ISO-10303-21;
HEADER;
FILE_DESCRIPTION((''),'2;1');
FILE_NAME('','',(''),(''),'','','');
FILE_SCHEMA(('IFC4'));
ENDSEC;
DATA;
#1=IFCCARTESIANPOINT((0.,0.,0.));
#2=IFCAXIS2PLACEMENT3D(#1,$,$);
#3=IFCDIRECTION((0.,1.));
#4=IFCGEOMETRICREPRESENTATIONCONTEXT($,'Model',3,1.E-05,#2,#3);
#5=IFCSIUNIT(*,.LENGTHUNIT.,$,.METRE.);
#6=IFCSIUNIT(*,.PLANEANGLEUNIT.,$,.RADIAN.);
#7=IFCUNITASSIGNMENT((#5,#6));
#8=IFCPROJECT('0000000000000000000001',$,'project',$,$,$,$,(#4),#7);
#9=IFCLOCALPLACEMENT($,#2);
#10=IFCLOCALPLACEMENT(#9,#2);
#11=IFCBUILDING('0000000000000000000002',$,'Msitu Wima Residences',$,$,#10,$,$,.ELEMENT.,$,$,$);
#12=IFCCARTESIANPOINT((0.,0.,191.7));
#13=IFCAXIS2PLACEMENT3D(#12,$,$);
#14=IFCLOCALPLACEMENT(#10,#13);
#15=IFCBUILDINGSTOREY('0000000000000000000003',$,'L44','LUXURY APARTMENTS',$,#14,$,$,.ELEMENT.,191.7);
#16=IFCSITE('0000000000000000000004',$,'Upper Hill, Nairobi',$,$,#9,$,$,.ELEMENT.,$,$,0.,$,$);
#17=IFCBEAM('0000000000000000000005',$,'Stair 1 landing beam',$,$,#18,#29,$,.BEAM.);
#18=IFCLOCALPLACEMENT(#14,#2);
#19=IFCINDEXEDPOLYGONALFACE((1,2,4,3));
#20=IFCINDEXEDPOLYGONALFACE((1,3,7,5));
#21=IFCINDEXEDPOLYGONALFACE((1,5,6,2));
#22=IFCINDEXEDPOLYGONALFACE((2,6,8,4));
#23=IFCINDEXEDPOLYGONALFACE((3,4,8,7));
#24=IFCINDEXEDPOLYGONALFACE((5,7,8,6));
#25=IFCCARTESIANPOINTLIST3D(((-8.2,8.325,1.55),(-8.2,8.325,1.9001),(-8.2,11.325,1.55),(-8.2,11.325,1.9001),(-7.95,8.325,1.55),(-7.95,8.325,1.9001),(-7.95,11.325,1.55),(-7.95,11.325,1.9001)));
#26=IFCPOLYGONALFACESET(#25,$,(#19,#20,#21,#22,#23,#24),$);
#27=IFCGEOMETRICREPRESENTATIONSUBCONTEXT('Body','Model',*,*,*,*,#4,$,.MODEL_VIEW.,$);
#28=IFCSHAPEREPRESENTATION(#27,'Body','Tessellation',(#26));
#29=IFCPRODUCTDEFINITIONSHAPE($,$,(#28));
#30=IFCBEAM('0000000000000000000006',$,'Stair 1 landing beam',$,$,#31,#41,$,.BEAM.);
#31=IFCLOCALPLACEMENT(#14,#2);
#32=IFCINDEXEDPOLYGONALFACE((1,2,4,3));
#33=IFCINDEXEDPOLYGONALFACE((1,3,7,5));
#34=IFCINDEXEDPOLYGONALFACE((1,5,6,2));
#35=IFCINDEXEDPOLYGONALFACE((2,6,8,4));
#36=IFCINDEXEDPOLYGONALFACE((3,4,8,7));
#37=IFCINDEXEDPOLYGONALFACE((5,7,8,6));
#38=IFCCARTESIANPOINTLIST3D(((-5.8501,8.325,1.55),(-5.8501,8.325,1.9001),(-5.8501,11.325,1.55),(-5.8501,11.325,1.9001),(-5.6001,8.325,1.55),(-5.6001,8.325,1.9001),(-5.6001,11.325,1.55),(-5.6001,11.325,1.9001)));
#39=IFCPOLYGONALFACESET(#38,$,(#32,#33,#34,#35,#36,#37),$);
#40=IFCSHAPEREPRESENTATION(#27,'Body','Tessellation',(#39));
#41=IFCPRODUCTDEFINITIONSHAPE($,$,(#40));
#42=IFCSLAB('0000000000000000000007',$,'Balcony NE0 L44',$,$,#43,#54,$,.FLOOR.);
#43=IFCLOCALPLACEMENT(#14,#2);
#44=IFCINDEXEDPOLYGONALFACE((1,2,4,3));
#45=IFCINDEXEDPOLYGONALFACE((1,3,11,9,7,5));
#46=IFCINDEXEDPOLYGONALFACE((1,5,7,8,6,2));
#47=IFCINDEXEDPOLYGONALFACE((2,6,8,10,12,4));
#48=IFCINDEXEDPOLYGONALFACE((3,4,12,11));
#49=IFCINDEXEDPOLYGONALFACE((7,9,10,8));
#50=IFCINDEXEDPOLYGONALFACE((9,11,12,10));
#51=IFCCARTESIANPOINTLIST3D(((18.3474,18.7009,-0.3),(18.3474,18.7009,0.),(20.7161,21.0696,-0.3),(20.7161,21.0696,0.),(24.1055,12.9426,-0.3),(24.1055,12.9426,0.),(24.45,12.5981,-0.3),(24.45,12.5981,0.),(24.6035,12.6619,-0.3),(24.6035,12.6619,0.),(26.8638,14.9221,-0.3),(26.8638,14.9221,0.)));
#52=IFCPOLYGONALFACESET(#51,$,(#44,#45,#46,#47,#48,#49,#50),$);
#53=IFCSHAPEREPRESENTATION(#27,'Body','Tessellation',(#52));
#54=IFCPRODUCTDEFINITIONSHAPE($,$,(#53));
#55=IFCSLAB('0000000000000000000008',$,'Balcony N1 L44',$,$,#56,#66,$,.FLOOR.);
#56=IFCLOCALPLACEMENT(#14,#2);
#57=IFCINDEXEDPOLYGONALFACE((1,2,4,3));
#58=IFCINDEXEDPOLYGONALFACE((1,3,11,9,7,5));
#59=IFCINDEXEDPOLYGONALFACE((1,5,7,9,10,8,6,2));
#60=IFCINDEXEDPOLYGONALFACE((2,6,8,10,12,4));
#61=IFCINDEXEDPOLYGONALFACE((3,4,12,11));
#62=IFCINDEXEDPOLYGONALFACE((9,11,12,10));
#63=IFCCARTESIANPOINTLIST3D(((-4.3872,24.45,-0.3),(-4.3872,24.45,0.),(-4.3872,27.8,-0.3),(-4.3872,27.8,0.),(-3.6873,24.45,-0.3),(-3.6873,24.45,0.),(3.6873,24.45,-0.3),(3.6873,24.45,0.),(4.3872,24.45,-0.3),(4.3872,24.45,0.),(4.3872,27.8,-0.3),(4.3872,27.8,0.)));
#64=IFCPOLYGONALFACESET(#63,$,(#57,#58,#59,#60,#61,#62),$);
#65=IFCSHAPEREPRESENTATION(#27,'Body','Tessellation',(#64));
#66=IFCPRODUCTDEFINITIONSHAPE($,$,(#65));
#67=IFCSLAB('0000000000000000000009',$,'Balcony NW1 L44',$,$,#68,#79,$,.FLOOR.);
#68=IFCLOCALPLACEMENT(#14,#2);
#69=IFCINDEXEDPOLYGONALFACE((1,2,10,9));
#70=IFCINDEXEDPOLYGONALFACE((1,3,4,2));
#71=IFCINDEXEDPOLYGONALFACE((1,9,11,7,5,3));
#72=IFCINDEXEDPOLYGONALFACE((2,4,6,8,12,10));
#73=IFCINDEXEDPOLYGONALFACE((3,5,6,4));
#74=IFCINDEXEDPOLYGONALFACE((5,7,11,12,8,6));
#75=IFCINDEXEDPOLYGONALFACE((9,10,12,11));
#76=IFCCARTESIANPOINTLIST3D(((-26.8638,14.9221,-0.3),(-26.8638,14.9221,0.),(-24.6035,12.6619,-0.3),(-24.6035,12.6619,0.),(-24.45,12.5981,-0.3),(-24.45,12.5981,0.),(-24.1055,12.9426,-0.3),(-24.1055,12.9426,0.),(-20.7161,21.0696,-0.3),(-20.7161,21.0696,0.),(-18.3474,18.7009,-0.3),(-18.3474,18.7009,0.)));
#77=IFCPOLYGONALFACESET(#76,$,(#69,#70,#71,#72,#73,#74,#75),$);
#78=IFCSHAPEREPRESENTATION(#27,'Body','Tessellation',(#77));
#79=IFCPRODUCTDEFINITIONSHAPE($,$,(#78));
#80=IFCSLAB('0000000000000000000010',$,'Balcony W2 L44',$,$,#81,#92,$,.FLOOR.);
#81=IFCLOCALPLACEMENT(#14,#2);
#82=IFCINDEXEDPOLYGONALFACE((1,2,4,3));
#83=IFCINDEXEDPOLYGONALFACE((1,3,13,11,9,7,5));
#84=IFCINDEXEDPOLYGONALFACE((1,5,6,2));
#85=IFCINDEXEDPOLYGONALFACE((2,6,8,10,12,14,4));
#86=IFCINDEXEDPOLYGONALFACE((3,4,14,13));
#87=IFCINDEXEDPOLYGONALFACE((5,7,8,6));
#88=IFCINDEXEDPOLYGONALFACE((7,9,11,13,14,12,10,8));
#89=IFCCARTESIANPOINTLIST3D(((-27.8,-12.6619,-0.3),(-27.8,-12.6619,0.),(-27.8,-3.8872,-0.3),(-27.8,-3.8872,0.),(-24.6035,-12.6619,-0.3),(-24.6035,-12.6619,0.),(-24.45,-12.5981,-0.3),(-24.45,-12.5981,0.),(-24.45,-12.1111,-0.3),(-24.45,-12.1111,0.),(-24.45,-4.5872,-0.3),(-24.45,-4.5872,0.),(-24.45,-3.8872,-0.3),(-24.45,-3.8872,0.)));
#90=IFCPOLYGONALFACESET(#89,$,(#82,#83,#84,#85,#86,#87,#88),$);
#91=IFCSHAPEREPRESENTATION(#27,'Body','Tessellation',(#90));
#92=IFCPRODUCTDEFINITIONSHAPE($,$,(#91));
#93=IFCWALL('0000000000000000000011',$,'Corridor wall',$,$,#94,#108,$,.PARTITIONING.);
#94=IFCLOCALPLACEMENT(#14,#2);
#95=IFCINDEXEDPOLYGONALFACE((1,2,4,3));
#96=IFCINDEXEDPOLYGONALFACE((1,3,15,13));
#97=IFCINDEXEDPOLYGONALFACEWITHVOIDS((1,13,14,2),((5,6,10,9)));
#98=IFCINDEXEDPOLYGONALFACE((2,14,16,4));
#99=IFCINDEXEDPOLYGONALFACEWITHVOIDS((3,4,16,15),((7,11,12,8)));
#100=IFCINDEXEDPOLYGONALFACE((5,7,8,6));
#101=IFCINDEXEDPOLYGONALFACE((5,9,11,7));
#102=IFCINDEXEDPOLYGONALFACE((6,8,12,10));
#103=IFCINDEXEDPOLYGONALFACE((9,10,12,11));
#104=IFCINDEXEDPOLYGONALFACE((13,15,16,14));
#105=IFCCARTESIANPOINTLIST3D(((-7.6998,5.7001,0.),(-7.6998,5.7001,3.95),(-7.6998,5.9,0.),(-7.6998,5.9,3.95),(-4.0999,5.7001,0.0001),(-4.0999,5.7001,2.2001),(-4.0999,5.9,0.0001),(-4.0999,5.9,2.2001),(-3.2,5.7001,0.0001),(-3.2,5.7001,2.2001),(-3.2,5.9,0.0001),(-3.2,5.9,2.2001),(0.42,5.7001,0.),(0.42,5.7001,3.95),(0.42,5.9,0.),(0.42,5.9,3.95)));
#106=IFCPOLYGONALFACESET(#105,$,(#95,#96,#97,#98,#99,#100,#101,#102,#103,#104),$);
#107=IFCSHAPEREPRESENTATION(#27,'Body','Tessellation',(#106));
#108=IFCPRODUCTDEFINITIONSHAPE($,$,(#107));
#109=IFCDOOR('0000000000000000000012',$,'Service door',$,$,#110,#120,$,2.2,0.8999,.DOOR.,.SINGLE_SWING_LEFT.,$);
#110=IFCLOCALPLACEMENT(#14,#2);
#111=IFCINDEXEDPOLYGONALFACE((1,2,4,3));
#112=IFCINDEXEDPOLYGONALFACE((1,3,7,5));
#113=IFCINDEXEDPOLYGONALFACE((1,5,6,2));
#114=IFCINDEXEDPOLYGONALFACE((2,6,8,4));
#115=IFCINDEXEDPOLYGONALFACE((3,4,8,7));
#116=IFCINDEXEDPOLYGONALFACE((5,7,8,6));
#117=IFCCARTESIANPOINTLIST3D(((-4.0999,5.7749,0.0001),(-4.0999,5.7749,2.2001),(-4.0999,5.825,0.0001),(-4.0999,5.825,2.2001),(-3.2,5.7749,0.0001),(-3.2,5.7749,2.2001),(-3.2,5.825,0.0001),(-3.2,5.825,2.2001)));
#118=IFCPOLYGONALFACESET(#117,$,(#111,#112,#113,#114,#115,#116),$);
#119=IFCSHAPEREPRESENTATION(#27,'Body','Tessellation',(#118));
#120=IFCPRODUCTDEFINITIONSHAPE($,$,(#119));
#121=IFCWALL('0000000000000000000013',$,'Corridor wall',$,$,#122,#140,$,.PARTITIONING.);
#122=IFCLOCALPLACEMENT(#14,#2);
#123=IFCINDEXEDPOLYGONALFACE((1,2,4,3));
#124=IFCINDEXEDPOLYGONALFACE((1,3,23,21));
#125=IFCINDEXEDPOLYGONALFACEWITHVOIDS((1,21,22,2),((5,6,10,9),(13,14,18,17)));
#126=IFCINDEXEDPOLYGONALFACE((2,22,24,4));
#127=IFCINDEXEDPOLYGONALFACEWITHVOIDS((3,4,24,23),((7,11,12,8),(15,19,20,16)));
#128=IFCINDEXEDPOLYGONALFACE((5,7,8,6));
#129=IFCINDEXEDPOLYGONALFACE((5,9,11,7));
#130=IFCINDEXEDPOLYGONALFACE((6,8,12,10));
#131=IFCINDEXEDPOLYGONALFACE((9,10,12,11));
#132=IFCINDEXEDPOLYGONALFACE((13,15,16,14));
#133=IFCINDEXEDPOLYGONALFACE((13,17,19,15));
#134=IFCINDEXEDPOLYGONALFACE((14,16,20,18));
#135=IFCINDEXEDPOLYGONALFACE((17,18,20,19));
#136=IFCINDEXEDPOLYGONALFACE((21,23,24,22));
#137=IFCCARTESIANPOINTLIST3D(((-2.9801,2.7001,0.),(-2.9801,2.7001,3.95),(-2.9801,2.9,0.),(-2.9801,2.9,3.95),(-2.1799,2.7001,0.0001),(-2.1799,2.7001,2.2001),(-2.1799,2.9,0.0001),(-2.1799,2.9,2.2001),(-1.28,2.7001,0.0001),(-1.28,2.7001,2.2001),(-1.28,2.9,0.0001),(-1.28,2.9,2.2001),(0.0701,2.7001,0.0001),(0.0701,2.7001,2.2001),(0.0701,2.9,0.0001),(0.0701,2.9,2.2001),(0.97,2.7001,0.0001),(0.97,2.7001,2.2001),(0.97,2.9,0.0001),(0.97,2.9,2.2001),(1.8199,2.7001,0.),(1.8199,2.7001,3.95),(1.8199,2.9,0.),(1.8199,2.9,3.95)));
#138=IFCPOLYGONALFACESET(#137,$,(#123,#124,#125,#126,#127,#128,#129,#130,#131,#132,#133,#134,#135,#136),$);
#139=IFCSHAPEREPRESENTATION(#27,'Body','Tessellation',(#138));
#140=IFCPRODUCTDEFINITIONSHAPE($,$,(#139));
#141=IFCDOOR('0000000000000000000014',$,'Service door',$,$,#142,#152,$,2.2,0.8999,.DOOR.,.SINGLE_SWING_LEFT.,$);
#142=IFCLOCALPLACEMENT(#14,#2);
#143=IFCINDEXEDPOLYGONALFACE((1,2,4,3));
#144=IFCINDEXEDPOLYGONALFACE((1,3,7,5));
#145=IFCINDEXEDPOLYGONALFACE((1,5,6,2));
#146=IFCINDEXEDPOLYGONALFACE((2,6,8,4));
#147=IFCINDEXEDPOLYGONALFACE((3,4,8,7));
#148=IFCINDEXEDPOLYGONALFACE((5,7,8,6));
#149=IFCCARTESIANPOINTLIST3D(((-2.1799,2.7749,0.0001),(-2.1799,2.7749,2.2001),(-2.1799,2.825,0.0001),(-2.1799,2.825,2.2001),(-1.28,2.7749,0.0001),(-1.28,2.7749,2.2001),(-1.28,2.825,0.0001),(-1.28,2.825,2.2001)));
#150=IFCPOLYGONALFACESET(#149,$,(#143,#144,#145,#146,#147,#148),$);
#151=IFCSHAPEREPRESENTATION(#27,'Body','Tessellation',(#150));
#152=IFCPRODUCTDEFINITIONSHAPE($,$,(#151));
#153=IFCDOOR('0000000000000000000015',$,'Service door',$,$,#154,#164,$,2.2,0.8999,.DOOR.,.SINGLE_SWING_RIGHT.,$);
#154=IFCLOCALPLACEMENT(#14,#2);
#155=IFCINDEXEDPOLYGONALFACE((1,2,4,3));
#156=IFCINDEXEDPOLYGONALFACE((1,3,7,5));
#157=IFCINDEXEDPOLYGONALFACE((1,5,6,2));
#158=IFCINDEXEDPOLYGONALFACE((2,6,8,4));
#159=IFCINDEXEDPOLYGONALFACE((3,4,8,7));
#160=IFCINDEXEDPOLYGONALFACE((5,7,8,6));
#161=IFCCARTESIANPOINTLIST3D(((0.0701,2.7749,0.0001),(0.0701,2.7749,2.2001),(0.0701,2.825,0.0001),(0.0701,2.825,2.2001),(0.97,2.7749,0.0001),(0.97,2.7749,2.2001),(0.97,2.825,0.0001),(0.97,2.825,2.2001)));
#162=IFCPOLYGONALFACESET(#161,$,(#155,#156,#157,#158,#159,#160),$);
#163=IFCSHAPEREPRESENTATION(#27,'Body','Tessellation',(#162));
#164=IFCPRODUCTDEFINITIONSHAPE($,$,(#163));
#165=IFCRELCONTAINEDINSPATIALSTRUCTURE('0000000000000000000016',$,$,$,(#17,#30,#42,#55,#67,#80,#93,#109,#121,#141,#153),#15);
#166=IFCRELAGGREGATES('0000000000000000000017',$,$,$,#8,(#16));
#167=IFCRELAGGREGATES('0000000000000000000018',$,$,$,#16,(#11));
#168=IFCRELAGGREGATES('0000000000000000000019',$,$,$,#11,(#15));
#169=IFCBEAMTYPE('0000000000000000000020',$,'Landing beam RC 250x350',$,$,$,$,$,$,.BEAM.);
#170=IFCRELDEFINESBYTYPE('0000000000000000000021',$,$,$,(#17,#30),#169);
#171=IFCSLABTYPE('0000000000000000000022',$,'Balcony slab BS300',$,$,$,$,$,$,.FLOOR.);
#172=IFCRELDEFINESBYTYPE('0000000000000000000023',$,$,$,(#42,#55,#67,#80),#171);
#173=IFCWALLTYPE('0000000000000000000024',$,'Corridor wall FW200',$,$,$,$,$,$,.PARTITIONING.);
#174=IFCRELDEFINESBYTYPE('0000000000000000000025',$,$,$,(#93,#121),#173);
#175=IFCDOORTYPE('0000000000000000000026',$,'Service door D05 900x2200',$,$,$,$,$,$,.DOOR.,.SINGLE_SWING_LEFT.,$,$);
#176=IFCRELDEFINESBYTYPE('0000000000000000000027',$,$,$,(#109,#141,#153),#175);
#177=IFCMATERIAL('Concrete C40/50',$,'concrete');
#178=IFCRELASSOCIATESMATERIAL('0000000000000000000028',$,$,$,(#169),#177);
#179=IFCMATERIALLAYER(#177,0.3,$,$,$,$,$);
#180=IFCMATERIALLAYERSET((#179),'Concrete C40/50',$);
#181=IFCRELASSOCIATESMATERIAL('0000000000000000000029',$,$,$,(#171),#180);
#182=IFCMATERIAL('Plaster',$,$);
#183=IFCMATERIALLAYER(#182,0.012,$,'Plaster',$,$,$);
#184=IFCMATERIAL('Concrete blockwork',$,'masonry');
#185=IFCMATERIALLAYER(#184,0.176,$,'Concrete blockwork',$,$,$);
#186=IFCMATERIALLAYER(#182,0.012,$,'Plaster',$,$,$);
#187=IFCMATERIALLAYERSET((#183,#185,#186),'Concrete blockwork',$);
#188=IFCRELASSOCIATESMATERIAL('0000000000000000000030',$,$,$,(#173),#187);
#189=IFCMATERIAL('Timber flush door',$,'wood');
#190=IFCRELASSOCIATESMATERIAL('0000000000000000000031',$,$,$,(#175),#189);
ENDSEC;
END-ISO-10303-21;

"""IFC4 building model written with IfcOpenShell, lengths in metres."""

from ifc_helpers import new_model, si_unit, direction, frame, frame_2d, origin, origin_2d, place, context, subcontext, project, spatial, polyline, rectangle, outline, extrude, material, layer, layer_set, material_profile, profile_set, type_object, element, fill, save


model = new_model("IFC4")

# Units and contexts
model_context = context("Model", 3, precision=1e-05, world=origin(), true_north=direction((0.0, 1.0)))
body_context = subcontext(model_context, "Body", "Model", "MODEL_VIEW")
ifc_project = project(units=[si_unit("LENGTHUNIT", "METRE"), si_unit("PLANEANGLEUNIT", "RADIAN")], contexts=[model_context])

# Site, building, storey
site_placement = place(None, origin())
site = spatial("IfcSite", under=ifc_project, at=site_placement, Name="Upper Hill, Nairobi", CompositionType="ELEMENT", RefElevation=0.0)
building_placement = place(site_placement, origin())
building = spatial("IfcBuilding", under=site, at=building_placement, Name="Msitu Wima Residences", CompositionType="ELEMENT")
storey_placement = place(building_placement, frame((0.0, 0.0, 191.7)))
storey = spatial("IfcBuildingStorey", under=building, at=storey_placement, Name="L44", Description="LUXURY APARTMENTS", CompositionType="ELEMENT", Elevation=191.7)

# Beams
ifc_material_1 = material(Name="Concrete C40/50", Category="concrete")
ifc_material_profile = material_profile(ifc_material_1, rectangle(XDim=0.25, YDim=0.3501, at=origin_2d()), Name="RC 250x350")
ifc_profile_set = profile_set([ifc_material_profile], Name="Concrete C40/50")
beam_type = type_object("IfcBeamType", Name="Landing beam RC 250x350", PredefinedType="BEAM", material=ifc_profile_set)
for number, where, z_axis, x_axis, name in (
    (1, (-8.075, 8.325, 1.7251), (0.0, 1.0, 0.0), (-1.0, 0.0, 0.0), "Stair 1 landing beam"),
    (2, (-5.7251, 8.325, 1.7251), (0.0, 1.0, 0.0), (-1.0, 0.0, 0.0), "Stair 1 landing beam"),
):
    element("IfcBeam", number, at=place(storey_placement, frame(where, z_axis=z_axis, x_axis=x_axis)), inside=storey, type_object=beam_type, Name=name, PredefinedType="BEAM", context=body_context, shape_type="SweptSolid", body=[
        extrude(rectangle(XDim=0.25, YDim=0.3501, at=origin_2d()), origin(), (0.0, 0.0, 1.0), 3.0),
    ])

# Slabs
ifc_layer_1 = layer(ifc_material_1, 0.3)
ifc_layer_set_1 = layer_set([ifc_layer_1], Name="Concrete C40/50")
slab_type = type_object("IfcSlabType", Name="Balcony slab BS300", PredefinedType="FLOOR", material=ifc_layer_set_1)
slab_1_placement = place(storey_placement, frame((0.0, 0.0, -0.3)))
element("IfcSlab", 3, at=slab_1_placement, inside=storey, type_object=slab_type, Name="Balcony NE0 L44", PredefinedType="FLOOR", context=body_context, shape_type="SweptSolid", body=[
    extrude(outline(polyline([(24.1055, 12.9426), (24.1055, 12.9426), (18.3474, 18.7009), (20.7161, 21.0696), (26.8638, 14.9221), (24.6035, 12.6619), (24.45, 12.5981), (24.1055, 12.9426), (24.1055, 12.9426)])), origin(), (0.0, 0.0, 1.0), 0.3),
])
slab_2_placement = place(storey_placement, frame((0.0, 0.0, -0.3)))
element("IfcSlab", 4, at=slab_2_placement, inside=storey, type_object=slab_type, Name="Balcony N1 L44", PredefinedType="FLOOR", context=body_context, shape_type="SweptSolid", body=[
    extrude(outline(polyline([(3.6873, 24.45), (-3.6873, 24.45), (-4.3872, 24.45), (-4.3872, 27.8), (4.3872, 27.8), (4.3872, 24.45), (3.6873, 24.45)])), origin(), (0.0, 0.0, 1.0), 0.3),
])
slab_3_placement = place(storey_placement, frame((0.0, 0.0, -0.3)))
element("IfcSlab", 5, at=slab_3_placement, inside=storey, type_object=slab_type, Name="Balcony NW1 L44", PredefinedType="FLOOR", context=body_context, shape_type="SweptSolid", body=[
    extrude(outline(polyline([(-24.1055, 12.9426), (-24.1055, 12.9426), (-24.45, 12.5981), (-24.6035, 12.6619), (-26.8638, 14.9221), (-20.7161, 21.0696), (-18.3474, 18.7009), (-24.1055, 12.9426), (-24.1055, 12.9426)])), origin(), (0.0, 0.0, 1.0), 0.3),
])
slab_4_placement = place(storey_placement, frame((0.0, 0.0, -0.3)))
element("IfcSlab", 6, at=slab_4_placement, inside=storey, type_object=slab_type, Name="Balcony W2 L44", PredefinedType="FLOOR", context=body_context, shape_type="SweptSolid", body=[
    extrude(outline(polyline([(-24.45, -12.1111), (-24.45, -12.1111), (-24.45, -12.5981), (-24.6035, -12.6619), (-27.8, -12.6619), (-27.8, -3.8872), (-24.45, -3.8872), (-24.45, -4.5872), (-24.45, -4.5872), (-24.45, -12.1111), (-24.45, -12.1111)])), origin(), (0.0, 0.0, 1.0), 0.3),
])

# Wall, opening, door
ifc_material_2 = material(Name="Plaster")
ifc_layer_2 = layer(ifc_material_2, 0.012, Name="Plaster")
ifc_material_3 = material(Name="Concrete blockwork", Category="masonry")
ifc_layer_3 = layer(ifc_material_3, 0.176, Name="Concrete blockwork")
ifc_layer_4 = layer(ifc_material_2, 0.012, Name="Plaster")
ifc_layer_set_2 = layer_set([ifc_layer_2, ifc_layer_3, ifc_layer_4], Name="Concrete blockwork")
wall_type_1 = type_object("IfcWallType", Name="Corridor wall FW200", PredefinedType="PARTITIONING", material=ifc_layer_set_2)
wall_1_placement = place(storey_placement, frame((-7.7, 5.8, 0.0), z_axis=(0.0, 0.0, 1.0), x_axis=(1.0, 0.0, 0.0)))
wall_1 = element("IfcWall", 7, at=wall_1_placement, inside=storey, type_object=wall_type_1, Name="Corridor wall", PredefinedType="PARTITIONING", context=body_context, shape_type="SweptSolid", body=[
    extrude(rectangle(XDim=8.1199, YDim=0.2, at=frame_2d((4.0601, 0.0))), origin(), (0.0, 0.0, 1.0), 3.95),
])
opening_1_placement = place(wall_1_placement, frame((3.6001, 0.0, 0.0)))
opening_1 = element("IfcOpeningElement", 8, at=opening_1_placement, cuts=wall_1, PredefinedType="OPENING", context=body_context, shape_type="SweptSolid", body=[
    extrude(rectangle(XDim=0.8999, YDim=2.2, at=frame_2d((0.45, 1.1001))), frame((0.0, 0.1099, 0.0), z_axis=(0.0, -1.0, 0.0), x_axis=(1.0, 0.0, 0.0)), (0.0, 0.0, 1.0), 0.22),
])
ifc_material_4 = material(Name="Timber flush door", Category="wood")
door_type_1 = type_object("IfcDoorType", Name="Service door D05 900x2200", OperationType="SINGLE_SWING_LEFT", PredefinedType="DOOR", material=ifc_material_4)
door_1_placement = place(opening_1_placement, origin())
door_1 = element("IfcDoor", 9, at=door_1_placement, inside=storey, type_object=door_type_1, Name="Service door", OperationType="SINGLE_SWING_LEFT", OverallHeight=2.2, OverallWidth=0.8999, PredefinedType="DOOR", context=body_context, shape_type="SweptSolid", body=[
    extrude(rectangle(XDim=0.8999, YDim=2.2, at=frame_2d((0.45, 1.1001))), frame((0.0, 0.0249, 0.0), z_axis=(0.0, -1.0, 0.0), x_axis=(1.0, 0.0, 0.0)), (0.0, 0.0, 1.0), 0.05),
])
fill(opening_1, door_1)

# Wall, openings, doors
wall_2_placement = place(storey_placement, frame((-2.98, 2.8, 0.0), z_axis=(0.0, 0.0, 1.0), x_axis=(1.0, 0.0, 0.0)))
wall_2 = element("IfcWall", 10, at=wall_2_placement, inside=storey, type_object=wall_type_1, Name="Corridor wall", PredefinedType="PARTITIONING", context=body_context, shape_type="SweptSolid", body=[
    extrude(rectangle(XDim=4.8, YDim=0.2, at=frame_2d((2.3999, 0.0))), origin(), (0.0, 0.0, 1.0), 3.95),
])
opening_2_placement = place(wall_2_placement, frame((0.8, 0.0, 0.0)))
opening_2 = element("IfcOpeningElement", 11, at=opening_2_placement, cuts=wall_2, PredefinedType="OPENING", context=body_context, shape_type="SweptSolid", body=[
    extrude(rectangle(XDim=0.8999, YDim=2.2, at=frame_2d((0.45, 1.1001))), frame((0.0, 0.1099, 0.0), z_axis=(0.0, -1.0, 0.0), x_axis=(1.0, 0.0, 0.0)), (0.0, 0.0, 1.0), 0.22),
])
opening_3_placement = place(wall_2_placement, frame((3.05, 0.0, 0.0)))
opening_3 = element("IfcOpeningElement", 12, at=opening_3_placement, cuts=wall_2, PredefinedType="OPENING", context=body_context, shape_type="SweptSolid", body=[
    extrude(rectangle(XDim=0.8999, YDim=2.2, at=frame_2d((0.45, 1.1001))), frame((0.0, 0.1099, 0.0), z_axis=(0.0, -1.0, 0.0), x_axis=(1.0, 0.0, 0.0)), (0.0, 0.0, 1.0), 0.22),
])
door_2_placement = place(opening_2_placement, origin())
door_2 = element("IfcDoor", 13, at=door_2_placement, inside=storey, type_object=door_type_1, Name="Service door", OperationType="SINGLE_SWING_LEFT", OverallHeight=2.2, OverallWidth=0.8999, PredefinedType="DOOR", context=body_context, shape_type="SweptSolid", body=[
    extrude(rectangle(XDim=0.8999, YDim=2.2, at=frame_2d((0.45, 1.1001))), frame((0.0, 0.0249, 0.0), z_axis=(0.0, -1.0, 0.0), x_axis=(1.0, 0.0, 0.0)), (0.0, 0.0, 1.0), 0.05),
])
fill(opening_2, door_2)
door_3_placement = place(opening_3_placement, origin())
door_3 = element("IfcDoor", 14, at=door_3_placement, inside=storey, type_object=door_type_1, Name="Service door", OperationType="SINGLE_SWING_RIGHT", OverallHeight=2.2, OverallWidth=0.8999, PredefinedType="DOOR", context=body_context, shape_type="SweptSolid", body=[
    extrude(rectangle(XDim=0.8999, YDim=2.2, at=frame_2d((0.45, 1.1001))), frame((0.0, 0.0249, 0.0), z_axis=(0.0, -1.0, 0.0), x_axis=(1.0, 0.0, 0.0)), (0.0, 0.0, 1.0), 0.05),
])
fill(opening_3, door_3)

save(model, "model.ifc")
